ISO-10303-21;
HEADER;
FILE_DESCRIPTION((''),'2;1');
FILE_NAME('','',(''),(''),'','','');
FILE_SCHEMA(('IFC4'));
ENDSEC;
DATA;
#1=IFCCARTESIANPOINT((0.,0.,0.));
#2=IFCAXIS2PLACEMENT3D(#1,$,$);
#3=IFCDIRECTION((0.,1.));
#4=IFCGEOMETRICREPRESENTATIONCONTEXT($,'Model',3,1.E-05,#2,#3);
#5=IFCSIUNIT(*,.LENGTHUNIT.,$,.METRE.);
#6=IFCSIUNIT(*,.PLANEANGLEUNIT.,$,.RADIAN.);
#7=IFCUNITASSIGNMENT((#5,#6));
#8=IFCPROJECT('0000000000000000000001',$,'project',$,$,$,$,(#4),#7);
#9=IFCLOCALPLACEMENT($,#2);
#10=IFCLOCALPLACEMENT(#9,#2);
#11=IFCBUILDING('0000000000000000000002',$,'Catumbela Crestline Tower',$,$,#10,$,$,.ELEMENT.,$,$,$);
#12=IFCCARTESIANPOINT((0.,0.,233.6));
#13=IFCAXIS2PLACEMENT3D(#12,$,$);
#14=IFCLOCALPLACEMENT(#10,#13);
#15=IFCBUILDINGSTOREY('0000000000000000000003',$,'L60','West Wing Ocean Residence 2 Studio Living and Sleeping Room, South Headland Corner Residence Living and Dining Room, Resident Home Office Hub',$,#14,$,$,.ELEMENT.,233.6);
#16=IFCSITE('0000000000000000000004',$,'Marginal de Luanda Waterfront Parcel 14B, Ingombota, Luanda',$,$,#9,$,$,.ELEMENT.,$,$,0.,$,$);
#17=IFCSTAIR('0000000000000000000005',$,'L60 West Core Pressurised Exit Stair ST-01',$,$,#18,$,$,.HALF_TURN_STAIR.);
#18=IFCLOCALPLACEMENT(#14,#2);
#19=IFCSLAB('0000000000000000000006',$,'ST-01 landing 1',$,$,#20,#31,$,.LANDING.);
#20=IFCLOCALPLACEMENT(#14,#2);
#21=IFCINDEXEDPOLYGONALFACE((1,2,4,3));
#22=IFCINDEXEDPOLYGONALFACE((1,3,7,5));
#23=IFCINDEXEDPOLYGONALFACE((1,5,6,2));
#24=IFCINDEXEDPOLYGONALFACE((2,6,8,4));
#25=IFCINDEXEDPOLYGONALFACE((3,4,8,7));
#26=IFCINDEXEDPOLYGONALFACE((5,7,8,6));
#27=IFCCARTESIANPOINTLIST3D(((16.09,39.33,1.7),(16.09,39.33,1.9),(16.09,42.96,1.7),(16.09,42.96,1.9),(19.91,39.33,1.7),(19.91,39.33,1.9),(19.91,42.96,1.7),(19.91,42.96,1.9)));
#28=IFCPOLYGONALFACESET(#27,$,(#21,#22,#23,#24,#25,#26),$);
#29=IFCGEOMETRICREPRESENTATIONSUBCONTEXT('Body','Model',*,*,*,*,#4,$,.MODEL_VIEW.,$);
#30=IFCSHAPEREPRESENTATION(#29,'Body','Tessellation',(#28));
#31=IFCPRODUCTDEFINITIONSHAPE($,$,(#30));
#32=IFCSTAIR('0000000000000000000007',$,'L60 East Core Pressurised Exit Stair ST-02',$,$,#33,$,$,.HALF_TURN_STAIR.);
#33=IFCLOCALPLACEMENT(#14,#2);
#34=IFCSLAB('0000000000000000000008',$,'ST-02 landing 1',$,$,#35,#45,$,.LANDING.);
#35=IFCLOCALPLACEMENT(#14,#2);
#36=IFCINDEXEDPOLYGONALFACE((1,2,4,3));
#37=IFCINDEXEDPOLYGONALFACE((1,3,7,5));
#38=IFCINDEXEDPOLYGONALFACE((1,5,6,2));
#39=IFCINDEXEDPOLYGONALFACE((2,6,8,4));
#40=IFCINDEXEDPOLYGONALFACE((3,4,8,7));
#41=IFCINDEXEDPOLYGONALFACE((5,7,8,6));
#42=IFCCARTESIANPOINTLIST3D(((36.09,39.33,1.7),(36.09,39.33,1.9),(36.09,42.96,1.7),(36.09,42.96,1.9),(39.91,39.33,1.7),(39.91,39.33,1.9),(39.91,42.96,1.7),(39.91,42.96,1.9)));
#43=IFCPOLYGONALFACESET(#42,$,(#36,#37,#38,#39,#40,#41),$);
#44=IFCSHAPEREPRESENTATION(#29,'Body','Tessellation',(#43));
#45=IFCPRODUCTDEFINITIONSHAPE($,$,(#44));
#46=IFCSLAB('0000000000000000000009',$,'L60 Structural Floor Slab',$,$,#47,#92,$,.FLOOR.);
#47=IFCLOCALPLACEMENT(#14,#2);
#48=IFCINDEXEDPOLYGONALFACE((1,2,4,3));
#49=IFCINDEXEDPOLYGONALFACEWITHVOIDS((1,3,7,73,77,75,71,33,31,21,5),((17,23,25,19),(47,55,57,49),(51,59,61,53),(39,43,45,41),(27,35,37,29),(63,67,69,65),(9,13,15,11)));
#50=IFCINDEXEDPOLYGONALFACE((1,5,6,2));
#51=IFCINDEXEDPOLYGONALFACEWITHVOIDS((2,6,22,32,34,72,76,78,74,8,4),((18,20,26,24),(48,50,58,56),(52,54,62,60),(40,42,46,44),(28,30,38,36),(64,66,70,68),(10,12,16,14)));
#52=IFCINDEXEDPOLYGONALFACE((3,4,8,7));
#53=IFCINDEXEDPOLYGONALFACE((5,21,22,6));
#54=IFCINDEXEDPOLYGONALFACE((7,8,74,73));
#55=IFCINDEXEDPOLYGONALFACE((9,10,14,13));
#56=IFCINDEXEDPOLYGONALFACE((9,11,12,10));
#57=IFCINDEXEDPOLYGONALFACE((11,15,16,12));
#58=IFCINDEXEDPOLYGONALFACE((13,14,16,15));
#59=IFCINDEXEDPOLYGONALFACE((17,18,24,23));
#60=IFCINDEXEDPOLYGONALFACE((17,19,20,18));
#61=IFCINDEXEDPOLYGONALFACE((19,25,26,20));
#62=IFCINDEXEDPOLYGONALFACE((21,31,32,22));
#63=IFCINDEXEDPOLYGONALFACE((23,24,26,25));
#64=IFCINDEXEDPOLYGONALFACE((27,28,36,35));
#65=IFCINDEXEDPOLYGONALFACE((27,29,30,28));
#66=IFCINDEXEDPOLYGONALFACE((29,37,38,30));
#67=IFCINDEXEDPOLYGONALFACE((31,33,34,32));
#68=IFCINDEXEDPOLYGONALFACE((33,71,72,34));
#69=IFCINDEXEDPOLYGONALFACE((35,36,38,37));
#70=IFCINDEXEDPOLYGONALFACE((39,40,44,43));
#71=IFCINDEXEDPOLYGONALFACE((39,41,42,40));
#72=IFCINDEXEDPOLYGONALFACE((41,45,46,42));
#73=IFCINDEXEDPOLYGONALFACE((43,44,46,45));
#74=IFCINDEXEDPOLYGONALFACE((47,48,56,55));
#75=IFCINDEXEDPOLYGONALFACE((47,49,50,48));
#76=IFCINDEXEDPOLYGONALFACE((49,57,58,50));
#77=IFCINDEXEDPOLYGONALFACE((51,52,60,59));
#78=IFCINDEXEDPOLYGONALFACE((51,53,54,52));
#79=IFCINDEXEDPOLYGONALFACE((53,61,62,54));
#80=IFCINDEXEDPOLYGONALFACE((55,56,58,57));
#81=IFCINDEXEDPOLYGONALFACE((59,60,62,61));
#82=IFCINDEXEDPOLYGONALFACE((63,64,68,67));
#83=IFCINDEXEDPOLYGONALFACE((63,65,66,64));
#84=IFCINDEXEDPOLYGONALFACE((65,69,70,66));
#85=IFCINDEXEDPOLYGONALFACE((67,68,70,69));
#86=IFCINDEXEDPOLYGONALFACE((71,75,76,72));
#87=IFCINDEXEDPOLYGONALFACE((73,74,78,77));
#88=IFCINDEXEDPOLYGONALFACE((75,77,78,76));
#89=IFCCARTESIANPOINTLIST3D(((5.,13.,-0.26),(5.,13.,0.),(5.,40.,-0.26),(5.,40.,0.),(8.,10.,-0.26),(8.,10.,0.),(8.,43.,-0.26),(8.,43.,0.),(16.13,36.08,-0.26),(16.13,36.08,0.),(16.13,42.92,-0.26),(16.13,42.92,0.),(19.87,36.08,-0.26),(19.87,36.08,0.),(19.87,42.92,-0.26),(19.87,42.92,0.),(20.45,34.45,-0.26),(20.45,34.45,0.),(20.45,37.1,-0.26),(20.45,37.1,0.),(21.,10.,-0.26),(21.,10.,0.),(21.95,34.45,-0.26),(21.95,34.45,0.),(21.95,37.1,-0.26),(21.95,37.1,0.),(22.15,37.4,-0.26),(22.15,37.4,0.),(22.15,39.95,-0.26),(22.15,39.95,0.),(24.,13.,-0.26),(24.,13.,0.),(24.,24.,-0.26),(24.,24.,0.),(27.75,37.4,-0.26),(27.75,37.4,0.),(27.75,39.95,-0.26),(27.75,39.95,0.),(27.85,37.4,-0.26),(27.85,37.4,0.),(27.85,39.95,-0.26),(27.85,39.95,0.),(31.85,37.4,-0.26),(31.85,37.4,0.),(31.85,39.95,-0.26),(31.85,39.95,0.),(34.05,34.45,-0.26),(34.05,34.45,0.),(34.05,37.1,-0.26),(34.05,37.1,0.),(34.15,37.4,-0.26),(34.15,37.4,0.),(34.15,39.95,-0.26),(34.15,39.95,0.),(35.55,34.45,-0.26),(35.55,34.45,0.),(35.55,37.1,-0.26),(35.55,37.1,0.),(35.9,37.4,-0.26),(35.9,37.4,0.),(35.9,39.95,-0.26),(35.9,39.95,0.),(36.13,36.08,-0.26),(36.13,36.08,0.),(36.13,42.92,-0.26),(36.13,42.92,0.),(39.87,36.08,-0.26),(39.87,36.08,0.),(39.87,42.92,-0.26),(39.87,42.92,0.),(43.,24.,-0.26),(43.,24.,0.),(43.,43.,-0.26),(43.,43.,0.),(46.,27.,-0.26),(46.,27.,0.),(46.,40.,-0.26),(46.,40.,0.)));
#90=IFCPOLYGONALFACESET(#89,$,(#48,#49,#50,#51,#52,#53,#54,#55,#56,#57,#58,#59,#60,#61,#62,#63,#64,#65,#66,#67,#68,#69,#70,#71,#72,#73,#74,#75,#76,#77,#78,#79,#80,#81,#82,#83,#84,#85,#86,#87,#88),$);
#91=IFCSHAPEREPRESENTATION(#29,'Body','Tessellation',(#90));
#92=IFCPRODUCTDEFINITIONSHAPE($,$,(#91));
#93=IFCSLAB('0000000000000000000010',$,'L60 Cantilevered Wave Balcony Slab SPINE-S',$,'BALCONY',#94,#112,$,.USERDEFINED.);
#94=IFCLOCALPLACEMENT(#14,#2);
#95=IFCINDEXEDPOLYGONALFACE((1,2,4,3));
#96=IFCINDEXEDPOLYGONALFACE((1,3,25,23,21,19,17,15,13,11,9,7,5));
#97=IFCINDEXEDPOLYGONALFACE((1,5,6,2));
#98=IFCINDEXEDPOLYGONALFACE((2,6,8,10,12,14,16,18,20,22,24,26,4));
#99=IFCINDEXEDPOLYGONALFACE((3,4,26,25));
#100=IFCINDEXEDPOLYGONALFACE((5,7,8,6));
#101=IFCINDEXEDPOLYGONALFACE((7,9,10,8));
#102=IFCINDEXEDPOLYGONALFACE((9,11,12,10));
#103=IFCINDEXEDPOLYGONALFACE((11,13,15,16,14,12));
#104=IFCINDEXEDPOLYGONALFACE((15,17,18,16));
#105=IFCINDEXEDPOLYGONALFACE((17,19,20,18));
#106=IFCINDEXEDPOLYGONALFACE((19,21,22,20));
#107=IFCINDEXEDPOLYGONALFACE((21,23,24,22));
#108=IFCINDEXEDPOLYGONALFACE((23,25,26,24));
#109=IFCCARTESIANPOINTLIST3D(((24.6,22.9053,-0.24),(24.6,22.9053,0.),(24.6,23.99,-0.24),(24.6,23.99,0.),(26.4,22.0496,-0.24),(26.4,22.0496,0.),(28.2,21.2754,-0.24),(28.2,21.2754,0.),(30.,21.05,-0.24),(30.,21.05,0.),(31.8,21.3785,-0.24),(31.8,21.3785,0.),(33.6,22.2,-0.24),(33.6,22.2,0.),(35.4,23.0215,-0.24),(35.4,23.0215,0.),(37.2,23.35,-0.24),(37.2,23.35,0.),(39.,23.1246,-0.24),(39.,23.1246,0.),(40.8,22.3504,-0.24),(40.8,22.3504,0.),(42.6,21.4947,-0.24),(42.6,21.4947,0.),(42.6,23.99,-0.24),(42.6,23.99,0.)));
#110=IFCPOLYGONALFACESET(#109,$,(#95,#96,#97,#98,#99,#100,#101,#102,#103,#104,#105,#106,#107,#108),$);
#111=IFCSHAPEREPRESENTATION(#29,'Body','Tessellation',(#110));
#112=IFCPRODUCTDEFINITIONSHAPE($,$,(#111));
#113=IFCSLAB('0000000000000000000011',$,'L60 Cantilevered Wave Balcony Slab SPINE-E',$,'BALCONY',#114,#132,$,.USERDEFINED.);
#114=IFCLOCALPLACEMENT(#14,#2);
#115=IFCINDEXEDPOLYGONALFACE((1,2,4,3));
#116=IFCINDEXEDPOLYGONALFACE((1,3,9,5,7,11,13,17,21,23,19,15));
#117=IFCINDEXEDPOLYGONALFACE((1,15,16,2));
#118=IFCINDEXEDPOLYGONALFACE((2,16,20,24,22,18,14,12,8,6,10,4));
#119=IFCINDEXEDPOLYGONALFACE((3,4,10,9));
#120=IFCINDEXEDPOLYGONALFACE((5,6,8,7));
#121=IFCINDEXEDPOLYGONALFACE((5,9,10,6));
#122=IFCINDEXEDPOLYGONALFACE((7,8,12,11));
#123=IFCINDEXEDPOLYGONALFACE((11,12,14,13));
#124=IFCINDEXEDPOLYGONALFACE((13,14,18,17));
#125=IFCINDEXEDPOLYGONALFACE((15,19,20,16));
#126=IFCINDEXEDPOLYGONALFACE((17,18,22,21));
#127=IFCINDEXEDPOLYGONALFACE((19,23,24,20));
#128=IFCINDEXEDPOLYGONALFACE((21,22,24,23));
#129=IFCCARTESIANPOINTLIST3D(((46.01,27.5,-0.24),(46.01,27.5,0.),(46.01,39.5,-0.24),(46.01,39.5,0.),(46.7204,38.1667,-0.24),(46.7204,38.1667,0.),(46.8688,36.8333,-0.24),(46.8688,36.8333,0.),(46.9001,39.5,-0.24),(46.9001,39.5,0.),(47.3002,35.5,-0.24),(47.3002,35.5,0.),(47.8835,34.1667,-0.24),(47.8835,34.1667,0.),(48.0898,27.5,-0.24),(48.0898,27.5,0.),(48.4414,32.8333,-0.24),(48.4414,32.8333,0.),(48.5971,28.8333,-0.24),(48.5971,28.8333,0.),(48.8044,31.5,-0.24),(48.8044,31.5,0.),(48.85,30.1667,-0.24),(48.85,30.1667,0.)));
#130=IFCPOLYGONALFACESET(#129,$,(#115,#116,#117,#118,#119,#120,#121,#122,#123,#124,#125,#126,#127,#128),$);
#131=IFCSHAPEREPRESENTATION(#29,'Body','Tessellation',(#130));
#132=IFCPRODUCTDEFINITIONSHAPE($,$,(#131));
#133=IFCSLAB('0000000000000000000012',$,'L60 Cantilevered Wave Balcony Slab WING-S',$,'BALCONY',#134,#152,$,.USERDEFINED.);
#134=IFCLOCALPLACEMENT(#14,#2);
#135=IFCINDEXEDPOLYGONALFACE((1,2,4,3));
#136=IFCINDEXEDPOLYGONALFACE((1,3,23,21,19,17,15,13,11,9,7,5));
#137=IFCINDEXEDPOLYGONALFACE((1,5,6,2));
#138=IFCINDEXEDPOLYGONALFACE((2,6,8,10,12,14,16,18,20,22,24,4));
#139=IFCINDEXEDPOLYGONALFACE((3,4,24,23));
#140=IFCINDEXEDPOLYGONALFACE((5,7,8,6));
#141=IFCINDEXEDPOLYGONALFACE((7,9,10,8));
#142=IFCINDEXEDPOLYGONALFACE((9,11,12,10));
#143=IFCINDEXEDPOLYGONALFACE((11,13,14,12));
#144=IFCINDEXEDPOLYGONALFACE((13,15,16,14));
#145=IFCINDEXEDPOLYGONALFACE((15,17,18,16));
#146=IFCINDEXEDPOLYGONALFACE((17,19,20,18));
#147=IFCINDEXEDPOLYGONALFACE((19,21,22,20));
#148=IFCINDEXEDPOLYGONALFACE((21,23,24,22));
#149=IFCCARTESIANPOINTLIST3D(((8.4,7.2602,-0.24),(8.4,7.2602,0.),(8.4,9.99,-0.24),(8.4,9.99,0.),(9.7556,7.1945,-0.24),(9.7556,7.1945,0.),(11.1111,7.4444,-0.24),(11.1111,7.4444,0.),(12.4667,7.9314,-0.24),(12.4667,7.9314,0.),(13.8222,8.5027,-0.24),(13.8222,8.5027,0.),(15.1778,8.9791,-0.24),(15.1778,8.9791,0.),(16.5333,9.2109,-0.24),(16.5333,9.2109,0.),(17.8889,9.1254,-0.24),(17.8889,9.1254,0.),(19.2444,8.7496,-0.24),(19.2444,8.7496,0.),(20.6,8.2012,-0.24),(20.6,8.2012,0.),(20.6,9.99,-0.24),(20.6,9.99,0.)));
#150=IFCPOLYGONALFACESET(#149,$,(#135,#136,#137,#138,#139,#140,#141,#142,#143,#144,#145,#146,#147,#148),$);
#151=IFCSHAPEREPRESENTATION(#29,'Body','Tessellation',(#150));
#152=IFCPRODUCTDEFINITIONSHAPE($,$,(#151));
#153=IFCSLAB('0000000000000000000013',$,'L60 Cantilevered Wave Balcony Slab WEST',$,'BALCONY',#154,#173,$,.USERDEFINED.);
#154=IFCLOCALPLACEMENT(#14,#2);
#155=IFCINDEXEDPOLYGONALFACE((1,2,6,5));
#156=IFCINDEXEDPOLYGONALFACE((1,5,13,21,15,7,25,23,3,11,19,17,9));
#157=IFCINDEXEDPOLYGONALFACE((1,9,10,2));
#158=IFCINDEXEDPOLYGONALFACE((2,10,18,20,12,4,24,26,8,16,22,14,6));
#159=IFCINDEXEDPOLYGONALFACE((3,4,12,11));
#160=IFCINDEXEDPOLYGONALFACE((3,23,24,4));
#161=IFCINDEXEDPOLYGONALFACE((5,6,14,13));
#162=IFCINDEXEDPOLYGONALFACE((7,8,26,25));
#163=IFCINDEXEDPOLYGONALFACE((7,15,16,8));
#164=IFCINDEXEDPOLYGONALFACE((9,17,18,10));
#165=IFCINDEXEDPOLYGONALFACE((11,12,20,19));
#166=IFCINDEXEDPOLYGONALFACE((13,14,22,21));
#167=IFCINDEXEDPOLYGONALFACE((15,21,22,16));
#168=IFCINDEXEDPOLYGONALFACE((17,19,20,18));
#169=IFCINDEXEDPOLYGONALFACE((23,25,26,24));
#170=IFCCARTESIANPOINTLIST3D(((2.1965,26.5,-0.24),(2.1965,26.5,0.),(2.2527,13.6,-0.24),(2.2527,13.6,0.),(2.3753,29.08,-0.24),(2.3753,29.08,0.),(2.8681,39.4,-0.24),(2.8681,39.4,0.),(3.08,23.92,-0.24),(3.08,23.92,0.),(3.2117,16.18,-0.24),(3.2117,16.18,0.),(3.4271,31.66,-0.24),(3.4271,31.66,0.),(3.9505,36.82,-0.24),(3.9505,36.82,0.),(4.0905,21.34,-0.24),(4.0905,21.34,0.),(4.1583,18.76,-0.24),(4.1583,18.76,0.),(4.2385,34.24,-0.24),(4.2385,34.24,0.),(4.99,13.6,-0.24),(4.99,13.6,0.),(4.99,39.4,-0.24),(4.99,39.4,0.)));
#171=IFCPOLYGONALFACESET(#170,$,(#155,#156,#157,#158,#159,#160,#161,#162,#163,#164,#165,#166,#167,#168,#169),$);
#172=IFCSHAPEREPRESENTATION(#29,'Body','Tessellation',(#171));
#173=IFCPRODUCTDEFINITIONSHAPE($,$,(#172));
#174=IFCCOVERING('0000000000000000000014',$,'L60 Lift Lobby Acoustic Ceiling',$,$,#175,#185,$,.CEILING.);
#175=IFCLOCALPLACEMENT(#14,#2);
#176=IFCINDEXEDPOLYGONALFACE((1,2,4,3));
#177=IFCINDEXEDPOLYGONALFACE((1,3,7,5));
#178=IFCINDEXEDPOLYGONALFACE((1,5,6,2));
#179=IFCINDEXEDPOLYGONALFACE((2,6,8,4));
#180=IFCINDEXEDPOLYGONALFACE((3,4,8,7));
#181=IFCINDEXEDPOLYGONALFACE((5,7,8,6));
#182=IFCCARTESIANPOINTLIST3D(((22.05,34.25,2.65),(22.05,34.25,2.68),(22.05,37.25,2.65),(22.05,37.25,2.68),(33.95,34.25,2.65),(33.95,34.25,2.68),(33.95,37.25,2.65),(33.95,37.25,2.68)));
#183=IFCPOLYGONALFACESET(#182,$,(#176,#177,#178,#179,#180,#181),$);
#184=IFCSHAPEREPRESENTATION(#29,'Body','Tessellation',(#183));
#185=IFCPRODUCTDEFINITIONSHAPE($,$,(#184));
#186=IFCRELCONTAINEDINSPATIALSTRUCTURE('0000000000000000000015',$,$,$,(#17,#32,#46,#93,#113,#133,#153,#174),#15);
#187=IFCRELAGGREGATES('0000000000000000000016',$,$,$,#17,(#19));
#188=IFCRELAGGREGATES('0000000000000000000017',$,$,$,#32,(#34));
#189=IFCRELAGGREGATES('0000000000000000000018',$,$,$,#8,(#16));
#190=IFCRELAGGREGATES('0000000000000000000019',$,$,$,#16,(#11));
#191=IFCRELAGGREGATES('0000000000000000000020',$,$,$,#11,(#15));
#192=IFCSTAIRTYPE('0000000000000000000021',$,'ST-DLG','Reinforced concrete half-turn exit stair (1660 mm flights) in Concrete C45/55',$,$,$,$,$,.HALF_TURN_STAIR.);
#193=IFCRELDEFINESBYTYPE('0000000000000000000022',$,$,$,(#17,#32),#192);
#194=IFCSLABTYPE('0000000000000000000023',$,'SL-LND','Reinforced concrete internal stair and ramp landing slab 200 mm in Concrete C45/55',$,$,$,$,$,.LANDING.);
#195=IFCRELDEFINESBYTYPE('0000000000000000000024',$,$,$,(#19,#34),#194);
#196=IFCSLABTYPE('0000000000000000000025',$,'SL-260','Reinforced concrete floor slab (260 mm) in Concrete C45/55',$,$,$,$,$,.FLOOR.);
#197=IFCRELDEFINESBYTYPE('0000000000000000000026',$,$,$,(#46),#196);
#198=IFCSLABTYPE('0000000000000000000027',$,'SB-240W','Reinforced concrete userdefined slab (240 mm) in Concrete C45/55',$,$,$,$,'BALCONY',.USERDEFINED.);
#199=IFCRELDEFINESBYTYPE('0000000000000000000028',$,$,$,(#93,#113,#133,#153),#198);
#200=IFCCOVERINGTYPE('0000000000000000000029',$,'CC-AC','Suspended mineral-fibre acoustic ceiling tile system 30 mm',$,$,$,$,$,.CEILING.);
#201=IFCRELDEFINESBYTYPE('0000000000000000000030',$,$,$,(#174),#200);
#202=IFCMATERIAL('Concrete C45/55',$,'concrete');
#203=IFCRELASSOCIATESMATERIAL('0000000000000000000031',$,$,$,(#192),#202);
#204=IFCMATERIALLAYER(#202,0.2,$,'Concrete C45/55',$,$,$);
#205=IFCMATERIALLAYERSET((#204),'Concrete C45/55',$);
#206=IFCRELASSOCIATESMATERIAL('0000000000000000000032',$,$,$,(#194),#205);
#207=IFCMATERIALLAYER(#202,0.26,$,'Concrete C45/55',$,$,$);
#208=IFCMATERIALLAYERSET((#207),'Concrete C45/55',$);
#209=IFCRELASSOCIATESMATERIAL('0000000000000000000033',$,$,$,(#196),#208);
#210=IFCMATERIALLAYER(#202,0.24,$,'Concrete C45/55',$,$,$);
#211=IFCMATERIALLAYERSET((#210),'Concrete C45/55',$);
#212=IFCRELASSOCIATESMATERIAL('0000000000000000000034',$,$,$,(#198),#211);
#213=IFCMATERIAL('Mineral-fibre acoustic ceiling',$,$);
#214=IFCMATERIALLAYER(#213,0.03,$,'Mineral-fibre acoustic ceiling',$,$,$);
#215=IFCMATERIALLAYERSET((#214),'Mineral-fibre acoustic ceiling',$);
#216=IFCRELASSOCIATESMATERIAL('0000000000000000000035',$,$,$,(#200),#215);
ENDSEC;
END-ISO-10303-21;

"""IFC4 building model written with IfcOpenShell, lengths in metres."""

from ifc_helpers import new_model, si_unit, direction, frame, origin, place, context, subcontext, project, spatial, polyline, outline, extrude, material, layer, layer_set, type_object, element, aggregate, save


model = new_model("IFC4")

# Units and contexts
model_context = context("Model", 3, precision=1e-05, world=origin(), true_north=direction((0.0, 1.0)))
body_context = subcontext(model_context, "Body", "Model", "MODEL_VIEW")
ifc_project = project(units=[si_unit("LENGTHUNIT", "METRE"), si_unit("PLANEANGLEUNIT", "RADIAN")], contexts=[model_context])

# Site, building, storey
site_placement = place(None, origin())
site = spatial("IfcSite", under=ifc_project, at=site_placement, Name="Marginal de Luanda Waterfront Parcel 14B, Ingombota, Luanda", CompositionType="ELEMENT", RefElevation=0.0)
building_placement = place(site_placement, origin())
building = spatial("IfcBuilding", under=site, at=building_placement, Name="Catumbela Crestline Tower", CompositionType="ELEMENT")
storey_placement = place(building_placement, frame((0.0, 0.0, 233.6)))
storey = spatial("IfcBuildingStorey", under=building, at=storey_placement, Name="L60", Description="West Wing Ocean Residence 2 Studio Living and Sleeping Room, South Headland Corner Residence Living and Dining Room, Resident Home Office Hub", CompositionType="ELEMENT", Elevation=233.6)

# Stairs, slabs
ifc_material_1 = material(Name="Concrete C45/55", Category="concrete")
stair_type = type_object("IfcStairType", Name="ST-DLG", Description="Reinforced concrete half-turn exit stair (1660 mm flights) in Concrete C45/55", PredefinedType="HALF_TURN_STAIR", material=ifc_material_1)
stair_1_placement = place(storey_placement, origin())
stair_1 = element("IfcStair", 1, at=stair_1_placement, inside=storey, type_object=stair_type, Name="L60 West Core Pressurised Exit Stair ST-01", PredefinedType="HALF_TURN_STAIR")
ifc_layer_1 = layer(ifc_material_1, 0.2, Name="Concrete C45/55")
ifc_layer_set_1 = layer_set([ifc_layer_1], Name="Concrete C45/55")
slab_type_1 = type_object("IfcSlabType", Name="SL-LND", Description="Reinforced concrete internal stair and ramp landing slab 200 mm in Concrete C45/55", PredefinedType="LANDING", material=ifc_layer_set_1)
slab_1_placement = place(storey_placement, frame((0.0, 0.0, 1.7)))
slab_1 = element("IfcSlab", 2, at=slab_1_placement, type_object=slab_type_1, Name="ST-01 landing 1", PredefinedType="LANDING", context=body_context, shape_type="SweptSolid", body=[
    extrude(outline(polyline([(19.91, 39.33), (19.91, 42.96), (16.09, 42.96), (16.09, 39.33), (19.91, 39.33)])), origin(), (0.0, 0.0, 1.0), 0.2),
])
aggregate(stair_1, [slab_1])
stair_2_placement = place(storey_placement, origin())
stair_2 = element("IfcStair", 3, at=stair_2_placement, inside=storey, type_object=stair_type, Name="L60 East Core Pressurised Exit Stair ST-02", PredefinedType="HALF_TURN_STAIR")
slab_2_placement = place(storey_placement, frame((0.0, 0.0, 1.7)))
slab_2 = element("IfcSlab", 4, at=slab_2_placement, type_object=slab_type_1, Name="ST-02 landing 1", PredefinedType="LANDING", context=body_context, shape_type="SweptSolid", body=[
    extrude(outline(polyline([(39.91, 39.33), (39.91, 42.96), (36.09, 42.96), (36.09, 39.33), (39.91, 39.33)])), origin(), (0.0, 0.0, 1.0), 0.2),
])
aggregate(stair_2, [slab_2])

# Slabs
ifc_layer_2 = layer(ifc_material_1, 0.26, Name="Concrete C45/55")
ifc_layer_set_2 = layer_set([ifc_layer_2], Name="Concrete C45/55")
slab_type_2 = type_object("IfcSlabType", Name="SL-260", Description="Reinforced concrete floor slab (260 mm) in Concrete C45/55", PredefinedType="FLOOR", material=ifc_layer_set_2)
slab_3_placement = place(storey_placement, frame((0.0, 0.0, -0.26)))
element("IfcSlab", 5, at=slab_3_placement, inside=storey, type_object=slab_type_2, Name="L60 Structural Floor Slab", PredefinedType="FLOOR", context=body_context, shape_type="SweptSolid", body=[
    extrude(outline(polyline([(8.0, 10.0), (21.0, 10.0), (24.0, 13.0), (24.0, 24.0), (43.0, 24.0), (46.0, 27.0), (46.0, 40.0), (43.0, 43.0), (8.0, 43.0), (5.0, 40.0), (5.0, 13.0), (8.0, 10.0)]), holes=[polyline([(16.13, 36.08), (19.87, 36.08), (19.87, 42.92), (16.13, 42.92), (16.13, 36.08)]), polyline([(36.13, 36.08), (39.87, 36.08), (39.87, 42.92), (36.13, 42.92), (36.13, 36.08)]), polyline([(22.15, 37.4), (27.75, 37.4), (27.75, 39.95), (22.15, 39.95), (22.15, 37.4)]), polyline([(27.85, 37.4), (31.85, 37.4), (31.85, 39.95), (27.85, 39.95), (27.85, 37.4)]), polyline([(20.45, 34.45), (21.95, 34.45), (21.95, 37.1), (20.45, 37.1), (20.45, 34.45)]), polyline([(34.05, 34.45), (35.55, 34.45), (35.55, 37.1), (34.05, 37.1), (34.05, 34.45)]), polyline([(34.15, 37.4), (35.9, 37.4), (35.9, 39.95), (34.15, 39.95), (34.15, 37.4)])]), origin(), (0.0, 0.0, 1.0), 0.26),
])
ifc_layer_3 = layer(ifc_material_1, 0.24, Name="Concrete C45/55")
ifc_layer_set_3 = layer_set([ifc_layer_3], Name="Concrete C45/55")
slab_type_3 = type_object("IfcSlabType", Name="SB-240W", Description="Reinforced concrete userdefined slab (240 mm) in Concrete C45/55", ElementType="BALCONY", PredefinedType="USERDEFINED", material=ifc_layer_set_3)
slab_4_placement = place(storey_placement, frame((0.0, 0.0, -0.24)))
element("IfcSlab", 6, at=slab_4_placement, inside=storey, type_object=slab_type_3, Name="L60 Cantilevered Wave Balcony Slab SPINE-S", ObjectType="BALCONY", PredefinedType="USERDEFINED", context=body_context, shape_type="SweptSolid", body=[
    extrude(outline(polyline([(24.6, 22.9053), (26.4, 22.0496), (28.2, 21.2754), (30.0, 21.05), (31.8, 21.3785), (33.6, 22.2), (35.4, 23.0215), (37.2, 23.35), (39.0, 23.1246), (40.8, 22.3504), (42.6, 21.4947), (42.6, 23.99), (24.6, 23.99), (24.6, 22.9053)])), origin(), (0.0, 0.0, 1.0), 0.24),
])
slab_5_placement = place(storey_placement, frame((0.0, 0.0, -0.24)))
element("IfcSlab", 7, at=slab_5_placement, inside=storey, type_object=slab_type_3, Name="L60 Cantilevered Wave Balcony Slab SPINE-E", ObjectType="BALCONY", PredefinedType="USERDEFINED", context=body_context, shape_type="SweptSolid", body=[
    extrude(outline(polyline([(46.01, 27.5), (48.0898, 27.5), (48.5971, 28.8333), (48.85, 30.1667), (48.8044, 31.5), (48.4414, 32.8333), (47.8835, 34.1667), (47.3002, 35.5), (46.8688, 36.8333), (46.7204, 38.1667), (46.9001, 39.5), (46.01, 39.5), (46.01, 27.5)])), origin(), (0.0, 0.0, 1.0), 0.24),
])
slab_6_placement = place(storey_placement, frame((0.0, 0.0, -0.24)))
element("IfcSlab", 8, at=slab_6_placement, inside=storey, type_object=slab_type_3, Name="L60 Cantilevered Wave Balcony Slab WING-S", ObjectType="BALCONY", PredefinedType="USERDEFINED", context=body_context, shape_type="SweptSolid", body=[
    extrude(outline(polyline([(8.4, 7.2602), (9.7556, 7.1945), (11.1111, 7.4444), (12.4667, 7.9314), (13.8222, 8.5027), (15.1778, 8.9791), (16.5333, 9.2109), (17.8889, 9.1254), (19.2444, 8.7496), (20.6, 8.2012), (20.6, 9.99), (8.4, 9.99), (8.4, 7.2602)])), origin(), (0.0, 0.0, 1.0), 0.24),
])
slab_7_placement = place(storey_placement, frame((0.0, 0.0, -0.24)))
element("IfcSlab", 9, at=slab_7_placement, inside=storey, type_object=slab_type_3, Name="L60 Cantilevered Wave Balcony Slab WEST", ObjectType="BALCONY", PredefinedType="USERDEFINED", context=body_context, shape_type="SweptSolid", body=[
    extrude(outline(polyline([(4.99, 39.4), (2.8681, 39.4), (3.9505, 36.82), (4.2385, 34.24), (3.4271, 31.66), (2.3753, 29.08), (2.1965, 26.5), (3.08, 23.92), (4.0905, 21.34), (4.1583, 18.76), (3.2117, 16.18), (2.2527, 13.6), (4.99, 13.6), (4.99, 39.4)])), origin(), (0.0, 0.0, 1.0), 0.24),
])

# Covering
ifc_material_2 = material(Name="Mineral-fibre acoustic ceiling")
ifc_layer_4 = layer(ifc_material_2, 0.03, Name="Mineral-fibre acoustic ceiling")
ifc_layer_set_4 = layer_set([ifc_layer_4], Name="Mineral-fibre acoustic ceiling")
covering_type_1 = type_object("IfcCoveringType", Name="CC-AC", Description="Suspended mineral-fibre acoustic ceiling tile system 30 mm", PredefinedType="CEILING", material=ifc_layer_set_4)
covering_1_placement = place(storey_placement, frame((0.0, 0.0, 2.65)))
element("IfcCovering", 10, at=covering_1_placement, inside=storey, type_object=covering_type_1, Name="L60 Lift Lobby Acoustic Ceiling", PredefinedType="CEILING", context=body_context, shape_type="SweptSolid", body=[
    extrude(outline(polyline([(22.05, 34.25), (33.95, 34.25), (33.95, 37.25), (22.05, 37.25), (22.05, 34.25)])), origin(), (0.0, 0.0, 1.0), 0.03),
])

save(model, "model.ifc")
